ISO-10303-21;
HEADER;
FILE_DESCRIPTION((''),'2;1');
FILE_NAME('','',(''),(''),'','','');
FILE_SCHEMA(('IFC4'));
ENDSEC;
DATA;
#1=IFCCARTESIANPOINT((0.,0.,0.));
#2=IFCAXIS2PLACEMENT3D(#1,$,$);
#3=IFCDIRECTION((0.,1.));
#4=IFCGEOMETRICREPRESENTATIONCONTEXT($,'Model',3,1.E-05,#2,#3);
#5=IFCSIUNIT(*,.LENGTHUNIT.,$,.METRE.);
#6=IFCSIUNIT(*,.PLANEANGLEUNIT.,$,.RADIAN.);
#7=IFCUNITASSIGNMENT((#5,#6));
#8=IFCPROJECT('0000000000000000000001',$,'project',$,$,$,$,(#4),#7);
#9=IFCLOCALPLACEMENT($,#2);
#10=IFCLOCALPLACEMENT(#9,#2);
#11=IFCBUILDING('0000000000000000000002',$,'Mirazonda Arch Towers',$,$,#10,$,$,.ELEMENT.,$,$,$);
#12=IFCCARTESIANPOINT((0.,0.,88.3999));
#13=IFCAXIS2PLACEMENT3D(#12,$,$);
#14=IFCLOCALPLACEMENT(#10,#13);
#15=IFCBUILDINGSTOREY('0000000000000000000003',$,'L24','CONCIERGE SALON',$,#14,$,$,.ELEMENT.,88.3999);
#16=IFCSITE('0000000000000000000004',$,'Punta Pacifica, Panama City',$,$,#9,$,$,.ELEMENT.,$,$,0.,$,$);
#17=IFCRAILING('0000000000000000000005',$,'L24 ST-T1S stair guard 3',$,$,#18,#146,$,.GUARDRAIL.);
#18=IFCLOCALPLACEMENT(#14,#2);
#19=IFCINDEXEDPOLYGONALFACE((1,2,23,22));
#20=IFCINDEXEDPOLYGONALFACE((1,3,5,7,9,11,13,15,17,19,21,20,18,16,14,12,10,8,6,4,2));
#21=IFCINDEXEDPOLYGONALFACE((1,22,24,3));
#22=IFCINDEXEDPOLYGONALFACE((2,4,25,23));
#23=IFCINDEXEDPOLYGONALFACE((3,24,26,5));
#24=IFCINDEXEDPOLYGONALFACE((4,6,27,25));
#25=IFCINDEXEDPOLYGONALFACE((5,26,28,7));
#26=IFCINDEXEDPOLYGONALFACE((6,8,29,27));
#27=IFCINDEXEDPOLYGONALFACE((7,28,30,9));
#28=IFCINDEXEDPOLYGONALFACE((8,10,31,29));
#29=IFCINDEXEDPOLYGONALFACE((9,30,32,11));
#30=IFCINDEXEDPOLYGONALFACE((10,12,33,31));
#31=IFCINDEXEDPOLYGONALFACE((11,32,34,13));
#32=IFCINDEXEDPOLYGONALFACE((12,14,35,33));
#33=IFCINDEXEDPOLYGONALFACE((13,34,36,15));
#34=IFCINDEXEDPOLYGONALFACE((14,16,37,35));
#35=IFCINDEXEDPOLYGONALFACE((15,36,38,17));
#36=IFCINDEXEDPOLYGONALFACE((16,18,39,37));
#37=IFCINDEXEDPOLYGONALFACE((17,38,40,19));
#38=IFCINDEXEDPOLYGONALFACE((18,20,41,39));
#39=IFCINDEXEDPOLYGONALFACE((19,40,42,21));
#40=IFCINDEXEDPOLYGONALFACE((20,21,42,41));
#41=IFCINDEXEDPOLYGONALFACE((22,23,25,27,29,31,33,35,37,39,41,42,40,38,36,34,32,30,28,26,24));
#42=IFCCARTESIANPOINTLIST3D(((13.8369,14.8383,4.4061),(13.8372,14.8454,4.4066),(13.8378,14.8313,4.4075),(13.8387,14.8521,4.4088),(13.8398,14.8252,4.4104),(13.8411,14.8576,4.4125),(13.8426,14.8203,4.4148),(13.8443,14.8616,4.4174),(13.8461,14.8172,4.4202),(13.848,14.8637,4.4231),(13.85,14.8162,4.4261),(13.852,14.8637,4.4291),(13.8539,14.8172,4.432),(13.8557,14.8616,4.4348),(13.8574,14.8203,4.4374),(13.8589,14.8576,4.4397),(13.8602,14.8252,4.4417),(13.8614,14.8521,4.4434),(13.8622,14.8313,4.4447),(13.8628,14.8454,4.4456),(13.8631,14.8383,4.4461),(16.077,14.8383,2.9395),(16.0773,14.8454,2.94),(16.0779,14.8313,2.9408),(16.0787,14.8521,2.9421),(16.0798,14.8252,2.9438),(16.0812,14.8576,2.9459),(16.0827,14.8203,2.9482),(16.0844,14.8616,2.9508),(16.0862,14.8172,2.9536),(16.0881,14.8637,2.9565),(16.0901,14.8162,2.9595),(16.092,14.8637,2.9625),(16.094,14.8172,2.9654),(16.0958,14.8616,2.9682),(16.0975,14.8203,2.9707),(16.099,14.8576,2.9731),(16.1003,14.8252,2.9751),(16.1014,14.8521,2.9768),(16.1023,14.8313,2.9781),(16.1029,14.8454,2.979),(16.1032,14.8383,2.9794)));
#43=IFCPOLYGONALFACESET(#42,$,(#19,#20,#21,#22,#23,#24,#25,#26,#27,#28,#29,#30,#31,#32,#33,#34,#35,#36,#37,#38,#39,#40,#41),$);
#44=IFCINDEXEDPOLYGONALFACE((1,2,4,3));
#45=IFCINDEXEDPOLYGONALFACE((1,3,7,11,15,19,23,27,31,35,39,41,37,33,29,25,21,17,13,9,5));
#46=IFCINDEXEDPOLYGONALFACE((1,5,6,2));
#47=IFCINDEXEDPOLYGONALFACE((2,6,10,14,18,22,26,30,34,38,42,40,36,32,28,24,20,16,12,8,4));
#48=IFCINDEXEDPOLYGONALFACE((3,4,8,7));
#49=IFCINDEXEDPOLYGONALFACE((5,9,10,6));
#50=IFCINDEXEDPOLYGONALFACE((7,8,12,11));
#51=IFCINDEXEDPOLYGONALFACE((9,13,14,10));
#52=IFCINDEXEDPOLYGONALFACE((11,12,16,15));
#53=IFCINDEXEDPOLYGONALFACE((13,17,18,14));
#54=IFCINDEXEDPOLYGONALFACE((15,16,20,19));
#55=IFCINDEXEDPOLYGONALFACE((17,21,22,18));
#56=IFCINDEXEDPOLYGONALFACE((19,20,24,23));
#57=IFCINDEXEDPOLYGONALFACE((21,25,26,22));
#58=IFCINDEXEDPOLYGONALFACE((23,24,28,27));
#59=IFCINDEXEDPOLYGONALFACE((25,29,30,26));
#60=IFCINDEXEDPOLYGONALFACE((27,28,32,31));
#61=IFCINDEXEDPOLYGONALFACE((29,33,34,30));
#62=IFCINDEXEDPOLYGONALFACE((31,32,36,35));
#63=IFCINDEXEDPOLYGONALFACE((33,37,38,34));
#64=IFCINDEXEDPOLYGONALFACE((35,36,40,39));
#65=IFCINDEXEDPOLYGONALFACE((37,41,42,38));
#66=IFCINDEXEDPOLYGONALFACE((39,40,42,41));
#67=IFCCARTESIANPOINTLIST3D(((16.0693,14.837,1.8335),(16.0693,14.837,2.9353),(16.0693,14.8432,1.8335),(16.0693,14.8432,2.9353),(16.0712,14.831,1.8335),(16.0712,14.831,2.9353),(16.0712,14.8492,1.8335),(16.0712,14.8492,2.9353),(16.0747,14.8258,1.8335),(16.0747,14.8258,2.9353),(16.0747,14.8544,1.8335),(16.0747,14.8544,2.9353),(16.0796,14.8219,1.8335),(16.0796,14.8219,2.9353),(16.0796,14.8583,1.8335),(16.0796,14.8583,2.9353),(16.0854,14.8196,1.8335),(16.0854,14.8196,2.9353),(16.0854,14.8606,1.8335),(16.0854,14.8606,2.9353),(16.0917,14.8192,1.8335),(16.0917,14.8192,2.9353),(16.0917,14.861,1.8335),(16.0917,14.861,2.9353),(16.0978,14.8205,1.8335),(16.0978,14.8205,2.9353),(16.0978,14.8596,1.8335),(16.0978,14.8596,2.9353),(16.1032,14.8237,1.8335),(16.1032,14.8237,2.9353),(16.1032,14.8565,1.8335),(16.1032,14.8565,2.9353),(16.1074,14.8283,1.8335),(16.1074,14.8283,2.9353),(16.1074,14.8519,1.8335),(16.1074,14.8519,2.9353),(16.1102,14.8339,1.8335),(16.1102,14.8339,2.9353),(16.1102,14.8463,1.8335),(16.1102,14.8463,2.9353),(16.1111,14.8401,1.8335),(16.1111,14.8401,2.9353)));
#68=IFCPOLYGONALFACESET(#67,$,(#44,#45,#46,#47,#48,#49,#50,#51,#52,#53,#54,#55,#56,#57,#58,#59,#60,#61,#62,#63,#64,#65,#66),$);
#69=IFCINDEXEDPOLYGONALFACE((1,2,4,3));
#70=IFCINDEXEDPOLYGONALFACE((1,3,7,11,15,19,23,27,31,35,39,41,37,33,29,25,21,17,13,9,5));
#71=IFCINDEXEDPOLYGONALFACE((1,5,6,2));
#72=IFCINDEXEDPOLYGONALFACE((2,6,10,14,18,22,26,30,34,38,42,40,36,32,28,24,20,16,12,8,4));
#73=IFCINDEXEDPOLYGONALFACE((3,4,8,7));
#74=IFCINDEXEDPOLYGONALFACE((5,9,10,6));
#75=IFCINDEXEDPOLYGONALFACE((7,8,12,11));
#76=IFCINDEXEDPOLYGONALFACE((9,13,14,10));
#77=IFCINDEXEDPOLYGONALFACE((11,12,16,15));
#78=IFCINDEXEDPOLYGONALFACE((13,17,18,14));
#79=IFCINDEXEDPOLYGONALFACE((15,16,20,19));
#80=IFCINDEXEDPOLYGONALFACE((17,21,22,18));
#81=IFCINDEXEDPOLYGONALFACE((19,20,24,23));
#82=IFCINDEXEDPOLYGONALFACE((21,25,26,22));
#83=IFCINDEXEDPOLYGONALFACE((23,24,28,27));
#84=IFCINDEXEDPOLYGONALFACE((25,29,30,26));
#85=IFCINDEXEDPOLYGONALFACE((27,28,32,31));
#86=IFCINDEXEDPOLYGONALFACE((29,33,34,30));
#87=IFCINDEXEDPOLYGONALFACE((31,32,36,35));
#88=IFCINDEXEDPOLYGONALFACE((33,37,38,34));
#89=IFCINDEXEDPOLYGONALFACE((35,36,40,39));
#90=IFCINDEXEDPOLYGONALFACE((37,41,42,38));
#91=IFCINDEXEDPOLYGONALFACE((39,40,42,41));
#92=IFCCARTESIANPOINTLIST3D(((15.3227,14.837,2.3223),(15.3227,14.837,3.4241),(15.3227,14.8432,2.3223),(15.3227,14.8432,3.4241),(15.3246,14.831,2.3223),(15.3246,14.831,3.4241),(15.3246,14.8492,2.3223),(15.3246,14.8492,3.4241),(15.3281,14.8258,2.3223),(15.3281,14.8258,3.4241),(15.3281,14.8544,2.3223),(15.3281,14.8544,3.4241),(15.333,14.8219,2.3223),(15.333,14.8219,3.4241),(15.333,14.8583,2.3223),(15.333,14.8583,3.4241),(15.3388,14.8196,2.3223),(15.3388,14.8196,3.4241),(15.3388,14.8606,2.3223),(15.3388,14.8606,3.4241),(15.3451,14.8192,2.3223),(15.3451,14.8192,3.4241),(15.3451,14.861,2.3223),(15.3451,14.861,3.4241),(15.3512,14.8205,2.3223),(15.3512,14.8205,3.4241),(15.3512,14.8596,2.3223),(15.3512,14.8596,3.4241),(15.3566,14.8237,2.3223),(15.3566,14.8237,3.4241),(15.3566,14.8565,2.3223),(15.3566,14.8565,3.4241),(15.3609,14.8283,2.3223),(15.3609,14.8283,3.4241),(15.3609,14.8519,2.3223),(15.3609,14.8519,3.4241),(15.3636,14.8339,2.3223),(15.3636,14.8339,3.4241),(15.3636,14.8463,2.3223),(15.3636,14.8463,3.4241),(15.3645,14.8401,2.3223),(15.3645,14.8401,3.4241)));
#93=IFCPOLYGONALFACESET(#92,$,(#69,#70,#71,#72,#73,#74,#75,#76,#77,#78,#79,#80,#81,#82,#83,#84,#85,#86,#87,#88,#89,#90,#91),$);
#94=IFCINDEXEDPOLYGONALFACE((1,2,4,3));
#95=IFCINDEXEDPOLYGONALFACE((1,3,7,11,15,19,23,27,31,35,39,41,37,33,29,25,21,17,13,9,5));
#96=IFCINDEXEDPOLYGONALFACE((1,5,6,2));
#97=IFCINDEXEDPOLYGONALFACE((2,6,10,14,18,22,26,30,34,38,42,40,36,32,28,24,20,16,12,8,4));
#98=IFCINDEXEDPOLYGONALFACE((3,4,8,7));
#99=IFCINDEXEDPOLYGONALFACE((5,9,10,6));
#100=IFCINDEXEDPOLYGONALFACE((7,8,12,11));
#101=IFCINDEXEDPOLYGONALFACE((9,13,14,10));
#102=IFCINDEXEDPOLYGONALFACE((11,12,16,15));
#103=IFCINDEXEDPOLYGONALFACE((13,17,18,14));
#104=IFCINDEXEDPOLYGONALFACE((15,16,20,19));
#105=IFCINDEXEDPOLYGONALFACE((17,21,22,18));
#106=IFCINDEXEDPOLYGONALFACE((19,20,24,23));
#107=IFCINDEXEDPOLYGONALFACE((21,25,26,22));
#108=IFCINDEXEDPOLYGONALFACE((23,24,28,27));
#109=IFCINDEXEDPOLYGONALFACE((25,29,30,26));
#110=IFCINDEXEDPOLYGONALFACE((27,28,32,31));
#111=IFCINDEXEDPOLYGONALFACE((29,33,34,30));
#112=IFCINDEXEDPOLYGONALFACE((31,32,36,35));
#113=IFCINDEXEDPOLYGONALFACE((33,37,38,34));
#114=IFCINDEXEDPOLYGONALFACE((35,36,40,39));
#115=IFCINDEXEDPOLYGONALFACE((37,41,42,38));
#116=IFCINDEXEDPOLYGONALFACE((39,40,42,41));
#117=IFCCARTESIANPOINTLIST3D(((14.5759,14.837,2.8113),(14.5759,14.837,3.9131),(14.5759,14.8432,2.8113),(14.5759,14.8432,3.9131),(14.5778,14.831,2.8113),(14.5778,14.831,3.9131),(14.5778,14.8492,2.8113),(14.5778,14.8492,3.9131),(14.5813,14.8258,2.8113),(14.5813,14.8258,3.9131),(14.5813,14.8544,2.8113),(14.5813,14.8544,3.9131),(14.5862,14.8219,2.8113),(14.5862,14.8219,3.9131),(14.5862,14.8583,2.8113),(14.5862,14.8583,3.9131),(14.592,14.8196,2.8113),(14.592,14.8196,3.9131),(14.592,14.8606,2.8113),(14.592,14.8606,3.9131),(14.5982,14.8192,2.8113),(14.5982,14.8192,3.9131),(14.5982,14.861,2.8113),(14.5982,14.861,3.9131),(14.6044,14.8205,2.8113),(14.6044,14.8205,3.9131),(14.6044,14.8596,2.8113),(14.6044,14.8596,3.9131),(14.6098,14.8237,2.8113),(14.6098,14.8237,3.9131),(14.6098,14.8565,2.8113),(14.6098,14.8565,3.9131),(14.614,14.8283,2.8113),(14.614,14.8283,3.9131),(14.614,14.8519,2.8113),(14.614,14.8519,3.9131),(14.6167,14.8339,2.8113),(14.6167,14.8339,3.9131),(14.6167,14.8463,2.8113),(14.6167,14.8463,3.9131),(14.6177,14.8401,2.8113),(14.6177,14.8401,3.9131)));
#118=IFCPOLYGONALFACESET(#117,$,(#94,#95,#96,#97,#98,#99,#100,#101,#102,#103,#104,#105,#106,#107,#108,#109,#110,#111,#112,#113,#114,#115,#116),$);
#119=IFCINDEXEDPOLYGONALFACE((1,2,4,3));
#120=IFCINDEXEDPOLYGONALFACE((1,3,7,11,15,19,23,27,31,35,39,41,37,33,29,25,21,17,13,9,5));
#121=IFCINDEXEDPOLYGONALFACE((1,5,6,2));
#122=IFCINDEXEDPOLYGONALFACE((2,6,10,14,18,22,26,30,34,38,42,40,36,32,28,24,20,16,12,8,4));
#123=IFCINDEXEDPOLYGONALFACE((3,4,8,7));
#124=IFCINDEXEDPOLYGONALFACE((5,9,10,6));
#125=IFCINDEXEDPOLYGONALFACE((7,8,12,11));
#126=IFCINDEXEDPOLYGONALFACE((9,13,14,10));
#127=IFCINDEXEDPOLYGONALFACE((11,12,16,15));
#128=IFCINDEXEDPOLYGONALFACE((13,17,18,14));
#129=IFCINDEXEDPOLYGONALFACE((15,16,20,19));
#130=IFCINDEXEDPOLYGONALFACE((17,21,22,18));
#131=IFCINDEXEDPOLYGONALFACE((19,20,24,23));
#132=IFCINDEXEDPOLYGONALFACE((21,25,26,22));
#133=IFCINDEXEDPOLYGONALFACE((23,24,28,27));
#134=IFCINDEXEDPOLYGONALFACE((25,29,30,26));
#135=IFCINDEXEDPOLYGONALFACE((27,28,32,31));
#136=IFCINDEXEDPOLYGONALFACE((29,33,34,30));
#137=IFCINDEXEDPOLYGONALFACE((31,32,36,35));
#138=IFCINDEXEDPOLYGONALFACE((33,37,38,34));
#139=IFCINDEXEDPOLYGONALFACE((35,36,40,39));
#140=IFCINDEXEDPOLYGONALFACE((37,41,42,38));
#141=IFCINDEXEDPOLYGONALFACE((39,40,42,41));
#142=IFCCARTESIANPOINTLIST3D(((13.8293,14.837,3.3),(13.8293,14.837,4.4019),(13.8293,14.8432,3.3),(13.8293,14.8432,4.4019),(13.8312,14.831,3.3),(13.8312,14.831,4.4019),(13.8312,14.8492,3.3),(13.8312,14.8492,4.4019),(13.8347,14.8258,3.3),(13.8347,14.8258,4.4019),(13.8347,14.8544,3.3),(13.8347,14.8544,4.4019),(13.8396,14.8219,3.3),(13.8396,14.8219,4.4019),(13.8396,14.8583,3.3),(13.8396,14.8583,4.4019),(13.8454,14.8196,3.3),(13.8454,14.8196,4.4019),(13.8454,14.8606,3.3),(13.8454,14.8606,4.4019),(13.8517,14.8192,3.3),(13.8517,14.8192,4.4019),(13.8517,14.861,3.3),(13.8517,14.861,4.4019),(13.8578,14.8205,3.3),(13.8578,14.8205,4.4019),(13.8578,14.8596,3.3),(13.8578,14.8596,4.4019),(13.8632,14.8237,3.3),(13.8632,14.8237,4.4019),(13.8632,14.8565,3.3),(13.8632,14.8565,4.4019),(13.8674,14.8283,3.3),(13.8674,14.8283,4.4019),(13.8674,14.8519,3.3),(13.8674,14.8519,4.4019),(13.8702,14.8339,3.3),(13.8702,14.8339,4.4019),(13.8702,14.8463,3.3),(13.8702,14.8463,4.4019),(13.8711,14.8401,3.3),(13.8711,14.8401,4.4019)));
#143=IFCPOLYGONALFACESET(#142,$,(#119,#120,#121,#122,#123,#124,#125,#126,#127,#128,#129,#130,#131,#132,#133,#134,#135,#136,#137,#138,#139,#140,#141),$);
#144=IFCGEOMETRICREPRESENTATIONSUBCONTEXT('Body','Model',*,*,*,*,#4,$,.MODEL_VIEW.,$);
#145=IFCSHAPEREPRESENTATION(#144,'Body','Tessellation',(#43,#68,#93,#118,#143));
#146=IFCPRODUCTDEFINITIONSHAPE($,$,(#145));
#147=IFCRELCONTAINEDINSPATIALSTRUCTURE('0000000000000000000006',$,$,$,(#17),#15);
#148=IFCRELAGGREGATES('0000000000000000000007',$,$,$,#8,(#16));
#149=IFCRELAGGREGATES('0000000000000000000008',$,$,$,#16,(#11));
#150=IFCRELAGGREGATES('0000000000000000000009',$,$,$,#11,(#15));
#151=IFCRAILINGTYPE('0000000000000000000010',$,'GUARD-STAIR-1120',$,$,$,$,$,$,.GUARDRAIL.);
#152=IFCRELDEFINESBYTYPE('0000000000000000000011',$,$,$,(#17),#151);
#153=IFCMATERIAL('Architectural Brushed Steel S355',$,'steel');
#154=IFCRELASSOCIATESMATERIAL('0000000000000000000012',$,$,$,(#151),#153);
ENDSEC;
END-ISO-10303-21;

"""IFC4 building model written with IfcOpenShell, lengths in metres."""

from ifc_helpers import new_model, si_unit, direction, frame, origin, origin_2d, place, context, subcontext, project, spatial, circle, extrude, material, type_object, element, save


model = new_model("IFC4")

# Units and contexts
model_context = context("Model", 3, precision=1e-05, world=origin(), true_north=direction((0.0, 1.0)))
body_context = subcontext(model_context, "Body", "Model", "MODEL_VIEW")
ifc_project = project(units=[si_unit("LENGTHUNIT", "METRE"), si_unit("PLANEANGLEUNIT", "RADIAN")], contexts=[model_context])

# Site, building, storey
site_placement = place(None, origin())
site = spatial("IfcSite", under=ifc_project, at=site_placement, Name="Punta Pacifica, Panama City", CompositionType="ELEMENT", RefElevation=0.0)
building_placement = place(site_placement, origin())
building = spatial("IfcBuilding", under=site, at=building_placement, Name="Mirazonda Arch Towers", CompositionType="ELEMENT")
storey_placement = place(building_placement, frame((0.0, 0.0, 88.3999)))
storey = spatial("IfcBuildingStorey", under=building, at=storey_placement, Name="L24", Description="CONCIERGE SALON", CompositionType="ELEMENT", Elevation=88.3999)

# Shared definitions
ifc_material_1 = material(Name="Architectural Brushed Steel S355", Category="steel")

# Railing
railing_type_1 = type_object("IfcRailingType", Name="GUARD-STAIR-1120", PredefinedType="GUARDRAIL", material=ifc_material_1)
railing_1_placement = place(storey_placement, frame((16.0901, 14.8401, 1.8335)))
element("IfcRailing", 1, at=railing_1_placement, inside=storey, type_object=railing_type_1, Name="L24 ST-T1S stair guard 3", PredefinedType="GUARDRAIL", context=body_context, shape_type="SweptSolid", body=[
    extrude(circle(Radius=0.0239, at=origin_2d()), frame((0.0, 0.0, 1.126), z_axis=(-0.836637, 0.0, 0.547758), x_axis=(0.0, -1.0, 0.0)), (0.0, 0.0, 1.0), 2.6775),
    extrude(circle(Radius=0.021, at=origin_2d()), origin(), (0.0, 0.0, 1.0), 1.1018),
    extrude(circle(Radius=0.021, at=origin_2d()), frame((-0.7466, 0.0, 0.4888)), (0.0, 0.0, 1.0), 1.1018),
    extrude(circle(Radius=0.021, at=origin_2d()), frame((-1.4934, 0.0, 0.9778)), (0.0, 0.0, 1.0), 1.1018),
    extrude(circle(Radius=0.021, at=origin_2d()), frame((-2.24, 0.0, 1.4666)), (0.0, 0.0, 1.0), 1.1018),
])

save(model, "model.ifc")
